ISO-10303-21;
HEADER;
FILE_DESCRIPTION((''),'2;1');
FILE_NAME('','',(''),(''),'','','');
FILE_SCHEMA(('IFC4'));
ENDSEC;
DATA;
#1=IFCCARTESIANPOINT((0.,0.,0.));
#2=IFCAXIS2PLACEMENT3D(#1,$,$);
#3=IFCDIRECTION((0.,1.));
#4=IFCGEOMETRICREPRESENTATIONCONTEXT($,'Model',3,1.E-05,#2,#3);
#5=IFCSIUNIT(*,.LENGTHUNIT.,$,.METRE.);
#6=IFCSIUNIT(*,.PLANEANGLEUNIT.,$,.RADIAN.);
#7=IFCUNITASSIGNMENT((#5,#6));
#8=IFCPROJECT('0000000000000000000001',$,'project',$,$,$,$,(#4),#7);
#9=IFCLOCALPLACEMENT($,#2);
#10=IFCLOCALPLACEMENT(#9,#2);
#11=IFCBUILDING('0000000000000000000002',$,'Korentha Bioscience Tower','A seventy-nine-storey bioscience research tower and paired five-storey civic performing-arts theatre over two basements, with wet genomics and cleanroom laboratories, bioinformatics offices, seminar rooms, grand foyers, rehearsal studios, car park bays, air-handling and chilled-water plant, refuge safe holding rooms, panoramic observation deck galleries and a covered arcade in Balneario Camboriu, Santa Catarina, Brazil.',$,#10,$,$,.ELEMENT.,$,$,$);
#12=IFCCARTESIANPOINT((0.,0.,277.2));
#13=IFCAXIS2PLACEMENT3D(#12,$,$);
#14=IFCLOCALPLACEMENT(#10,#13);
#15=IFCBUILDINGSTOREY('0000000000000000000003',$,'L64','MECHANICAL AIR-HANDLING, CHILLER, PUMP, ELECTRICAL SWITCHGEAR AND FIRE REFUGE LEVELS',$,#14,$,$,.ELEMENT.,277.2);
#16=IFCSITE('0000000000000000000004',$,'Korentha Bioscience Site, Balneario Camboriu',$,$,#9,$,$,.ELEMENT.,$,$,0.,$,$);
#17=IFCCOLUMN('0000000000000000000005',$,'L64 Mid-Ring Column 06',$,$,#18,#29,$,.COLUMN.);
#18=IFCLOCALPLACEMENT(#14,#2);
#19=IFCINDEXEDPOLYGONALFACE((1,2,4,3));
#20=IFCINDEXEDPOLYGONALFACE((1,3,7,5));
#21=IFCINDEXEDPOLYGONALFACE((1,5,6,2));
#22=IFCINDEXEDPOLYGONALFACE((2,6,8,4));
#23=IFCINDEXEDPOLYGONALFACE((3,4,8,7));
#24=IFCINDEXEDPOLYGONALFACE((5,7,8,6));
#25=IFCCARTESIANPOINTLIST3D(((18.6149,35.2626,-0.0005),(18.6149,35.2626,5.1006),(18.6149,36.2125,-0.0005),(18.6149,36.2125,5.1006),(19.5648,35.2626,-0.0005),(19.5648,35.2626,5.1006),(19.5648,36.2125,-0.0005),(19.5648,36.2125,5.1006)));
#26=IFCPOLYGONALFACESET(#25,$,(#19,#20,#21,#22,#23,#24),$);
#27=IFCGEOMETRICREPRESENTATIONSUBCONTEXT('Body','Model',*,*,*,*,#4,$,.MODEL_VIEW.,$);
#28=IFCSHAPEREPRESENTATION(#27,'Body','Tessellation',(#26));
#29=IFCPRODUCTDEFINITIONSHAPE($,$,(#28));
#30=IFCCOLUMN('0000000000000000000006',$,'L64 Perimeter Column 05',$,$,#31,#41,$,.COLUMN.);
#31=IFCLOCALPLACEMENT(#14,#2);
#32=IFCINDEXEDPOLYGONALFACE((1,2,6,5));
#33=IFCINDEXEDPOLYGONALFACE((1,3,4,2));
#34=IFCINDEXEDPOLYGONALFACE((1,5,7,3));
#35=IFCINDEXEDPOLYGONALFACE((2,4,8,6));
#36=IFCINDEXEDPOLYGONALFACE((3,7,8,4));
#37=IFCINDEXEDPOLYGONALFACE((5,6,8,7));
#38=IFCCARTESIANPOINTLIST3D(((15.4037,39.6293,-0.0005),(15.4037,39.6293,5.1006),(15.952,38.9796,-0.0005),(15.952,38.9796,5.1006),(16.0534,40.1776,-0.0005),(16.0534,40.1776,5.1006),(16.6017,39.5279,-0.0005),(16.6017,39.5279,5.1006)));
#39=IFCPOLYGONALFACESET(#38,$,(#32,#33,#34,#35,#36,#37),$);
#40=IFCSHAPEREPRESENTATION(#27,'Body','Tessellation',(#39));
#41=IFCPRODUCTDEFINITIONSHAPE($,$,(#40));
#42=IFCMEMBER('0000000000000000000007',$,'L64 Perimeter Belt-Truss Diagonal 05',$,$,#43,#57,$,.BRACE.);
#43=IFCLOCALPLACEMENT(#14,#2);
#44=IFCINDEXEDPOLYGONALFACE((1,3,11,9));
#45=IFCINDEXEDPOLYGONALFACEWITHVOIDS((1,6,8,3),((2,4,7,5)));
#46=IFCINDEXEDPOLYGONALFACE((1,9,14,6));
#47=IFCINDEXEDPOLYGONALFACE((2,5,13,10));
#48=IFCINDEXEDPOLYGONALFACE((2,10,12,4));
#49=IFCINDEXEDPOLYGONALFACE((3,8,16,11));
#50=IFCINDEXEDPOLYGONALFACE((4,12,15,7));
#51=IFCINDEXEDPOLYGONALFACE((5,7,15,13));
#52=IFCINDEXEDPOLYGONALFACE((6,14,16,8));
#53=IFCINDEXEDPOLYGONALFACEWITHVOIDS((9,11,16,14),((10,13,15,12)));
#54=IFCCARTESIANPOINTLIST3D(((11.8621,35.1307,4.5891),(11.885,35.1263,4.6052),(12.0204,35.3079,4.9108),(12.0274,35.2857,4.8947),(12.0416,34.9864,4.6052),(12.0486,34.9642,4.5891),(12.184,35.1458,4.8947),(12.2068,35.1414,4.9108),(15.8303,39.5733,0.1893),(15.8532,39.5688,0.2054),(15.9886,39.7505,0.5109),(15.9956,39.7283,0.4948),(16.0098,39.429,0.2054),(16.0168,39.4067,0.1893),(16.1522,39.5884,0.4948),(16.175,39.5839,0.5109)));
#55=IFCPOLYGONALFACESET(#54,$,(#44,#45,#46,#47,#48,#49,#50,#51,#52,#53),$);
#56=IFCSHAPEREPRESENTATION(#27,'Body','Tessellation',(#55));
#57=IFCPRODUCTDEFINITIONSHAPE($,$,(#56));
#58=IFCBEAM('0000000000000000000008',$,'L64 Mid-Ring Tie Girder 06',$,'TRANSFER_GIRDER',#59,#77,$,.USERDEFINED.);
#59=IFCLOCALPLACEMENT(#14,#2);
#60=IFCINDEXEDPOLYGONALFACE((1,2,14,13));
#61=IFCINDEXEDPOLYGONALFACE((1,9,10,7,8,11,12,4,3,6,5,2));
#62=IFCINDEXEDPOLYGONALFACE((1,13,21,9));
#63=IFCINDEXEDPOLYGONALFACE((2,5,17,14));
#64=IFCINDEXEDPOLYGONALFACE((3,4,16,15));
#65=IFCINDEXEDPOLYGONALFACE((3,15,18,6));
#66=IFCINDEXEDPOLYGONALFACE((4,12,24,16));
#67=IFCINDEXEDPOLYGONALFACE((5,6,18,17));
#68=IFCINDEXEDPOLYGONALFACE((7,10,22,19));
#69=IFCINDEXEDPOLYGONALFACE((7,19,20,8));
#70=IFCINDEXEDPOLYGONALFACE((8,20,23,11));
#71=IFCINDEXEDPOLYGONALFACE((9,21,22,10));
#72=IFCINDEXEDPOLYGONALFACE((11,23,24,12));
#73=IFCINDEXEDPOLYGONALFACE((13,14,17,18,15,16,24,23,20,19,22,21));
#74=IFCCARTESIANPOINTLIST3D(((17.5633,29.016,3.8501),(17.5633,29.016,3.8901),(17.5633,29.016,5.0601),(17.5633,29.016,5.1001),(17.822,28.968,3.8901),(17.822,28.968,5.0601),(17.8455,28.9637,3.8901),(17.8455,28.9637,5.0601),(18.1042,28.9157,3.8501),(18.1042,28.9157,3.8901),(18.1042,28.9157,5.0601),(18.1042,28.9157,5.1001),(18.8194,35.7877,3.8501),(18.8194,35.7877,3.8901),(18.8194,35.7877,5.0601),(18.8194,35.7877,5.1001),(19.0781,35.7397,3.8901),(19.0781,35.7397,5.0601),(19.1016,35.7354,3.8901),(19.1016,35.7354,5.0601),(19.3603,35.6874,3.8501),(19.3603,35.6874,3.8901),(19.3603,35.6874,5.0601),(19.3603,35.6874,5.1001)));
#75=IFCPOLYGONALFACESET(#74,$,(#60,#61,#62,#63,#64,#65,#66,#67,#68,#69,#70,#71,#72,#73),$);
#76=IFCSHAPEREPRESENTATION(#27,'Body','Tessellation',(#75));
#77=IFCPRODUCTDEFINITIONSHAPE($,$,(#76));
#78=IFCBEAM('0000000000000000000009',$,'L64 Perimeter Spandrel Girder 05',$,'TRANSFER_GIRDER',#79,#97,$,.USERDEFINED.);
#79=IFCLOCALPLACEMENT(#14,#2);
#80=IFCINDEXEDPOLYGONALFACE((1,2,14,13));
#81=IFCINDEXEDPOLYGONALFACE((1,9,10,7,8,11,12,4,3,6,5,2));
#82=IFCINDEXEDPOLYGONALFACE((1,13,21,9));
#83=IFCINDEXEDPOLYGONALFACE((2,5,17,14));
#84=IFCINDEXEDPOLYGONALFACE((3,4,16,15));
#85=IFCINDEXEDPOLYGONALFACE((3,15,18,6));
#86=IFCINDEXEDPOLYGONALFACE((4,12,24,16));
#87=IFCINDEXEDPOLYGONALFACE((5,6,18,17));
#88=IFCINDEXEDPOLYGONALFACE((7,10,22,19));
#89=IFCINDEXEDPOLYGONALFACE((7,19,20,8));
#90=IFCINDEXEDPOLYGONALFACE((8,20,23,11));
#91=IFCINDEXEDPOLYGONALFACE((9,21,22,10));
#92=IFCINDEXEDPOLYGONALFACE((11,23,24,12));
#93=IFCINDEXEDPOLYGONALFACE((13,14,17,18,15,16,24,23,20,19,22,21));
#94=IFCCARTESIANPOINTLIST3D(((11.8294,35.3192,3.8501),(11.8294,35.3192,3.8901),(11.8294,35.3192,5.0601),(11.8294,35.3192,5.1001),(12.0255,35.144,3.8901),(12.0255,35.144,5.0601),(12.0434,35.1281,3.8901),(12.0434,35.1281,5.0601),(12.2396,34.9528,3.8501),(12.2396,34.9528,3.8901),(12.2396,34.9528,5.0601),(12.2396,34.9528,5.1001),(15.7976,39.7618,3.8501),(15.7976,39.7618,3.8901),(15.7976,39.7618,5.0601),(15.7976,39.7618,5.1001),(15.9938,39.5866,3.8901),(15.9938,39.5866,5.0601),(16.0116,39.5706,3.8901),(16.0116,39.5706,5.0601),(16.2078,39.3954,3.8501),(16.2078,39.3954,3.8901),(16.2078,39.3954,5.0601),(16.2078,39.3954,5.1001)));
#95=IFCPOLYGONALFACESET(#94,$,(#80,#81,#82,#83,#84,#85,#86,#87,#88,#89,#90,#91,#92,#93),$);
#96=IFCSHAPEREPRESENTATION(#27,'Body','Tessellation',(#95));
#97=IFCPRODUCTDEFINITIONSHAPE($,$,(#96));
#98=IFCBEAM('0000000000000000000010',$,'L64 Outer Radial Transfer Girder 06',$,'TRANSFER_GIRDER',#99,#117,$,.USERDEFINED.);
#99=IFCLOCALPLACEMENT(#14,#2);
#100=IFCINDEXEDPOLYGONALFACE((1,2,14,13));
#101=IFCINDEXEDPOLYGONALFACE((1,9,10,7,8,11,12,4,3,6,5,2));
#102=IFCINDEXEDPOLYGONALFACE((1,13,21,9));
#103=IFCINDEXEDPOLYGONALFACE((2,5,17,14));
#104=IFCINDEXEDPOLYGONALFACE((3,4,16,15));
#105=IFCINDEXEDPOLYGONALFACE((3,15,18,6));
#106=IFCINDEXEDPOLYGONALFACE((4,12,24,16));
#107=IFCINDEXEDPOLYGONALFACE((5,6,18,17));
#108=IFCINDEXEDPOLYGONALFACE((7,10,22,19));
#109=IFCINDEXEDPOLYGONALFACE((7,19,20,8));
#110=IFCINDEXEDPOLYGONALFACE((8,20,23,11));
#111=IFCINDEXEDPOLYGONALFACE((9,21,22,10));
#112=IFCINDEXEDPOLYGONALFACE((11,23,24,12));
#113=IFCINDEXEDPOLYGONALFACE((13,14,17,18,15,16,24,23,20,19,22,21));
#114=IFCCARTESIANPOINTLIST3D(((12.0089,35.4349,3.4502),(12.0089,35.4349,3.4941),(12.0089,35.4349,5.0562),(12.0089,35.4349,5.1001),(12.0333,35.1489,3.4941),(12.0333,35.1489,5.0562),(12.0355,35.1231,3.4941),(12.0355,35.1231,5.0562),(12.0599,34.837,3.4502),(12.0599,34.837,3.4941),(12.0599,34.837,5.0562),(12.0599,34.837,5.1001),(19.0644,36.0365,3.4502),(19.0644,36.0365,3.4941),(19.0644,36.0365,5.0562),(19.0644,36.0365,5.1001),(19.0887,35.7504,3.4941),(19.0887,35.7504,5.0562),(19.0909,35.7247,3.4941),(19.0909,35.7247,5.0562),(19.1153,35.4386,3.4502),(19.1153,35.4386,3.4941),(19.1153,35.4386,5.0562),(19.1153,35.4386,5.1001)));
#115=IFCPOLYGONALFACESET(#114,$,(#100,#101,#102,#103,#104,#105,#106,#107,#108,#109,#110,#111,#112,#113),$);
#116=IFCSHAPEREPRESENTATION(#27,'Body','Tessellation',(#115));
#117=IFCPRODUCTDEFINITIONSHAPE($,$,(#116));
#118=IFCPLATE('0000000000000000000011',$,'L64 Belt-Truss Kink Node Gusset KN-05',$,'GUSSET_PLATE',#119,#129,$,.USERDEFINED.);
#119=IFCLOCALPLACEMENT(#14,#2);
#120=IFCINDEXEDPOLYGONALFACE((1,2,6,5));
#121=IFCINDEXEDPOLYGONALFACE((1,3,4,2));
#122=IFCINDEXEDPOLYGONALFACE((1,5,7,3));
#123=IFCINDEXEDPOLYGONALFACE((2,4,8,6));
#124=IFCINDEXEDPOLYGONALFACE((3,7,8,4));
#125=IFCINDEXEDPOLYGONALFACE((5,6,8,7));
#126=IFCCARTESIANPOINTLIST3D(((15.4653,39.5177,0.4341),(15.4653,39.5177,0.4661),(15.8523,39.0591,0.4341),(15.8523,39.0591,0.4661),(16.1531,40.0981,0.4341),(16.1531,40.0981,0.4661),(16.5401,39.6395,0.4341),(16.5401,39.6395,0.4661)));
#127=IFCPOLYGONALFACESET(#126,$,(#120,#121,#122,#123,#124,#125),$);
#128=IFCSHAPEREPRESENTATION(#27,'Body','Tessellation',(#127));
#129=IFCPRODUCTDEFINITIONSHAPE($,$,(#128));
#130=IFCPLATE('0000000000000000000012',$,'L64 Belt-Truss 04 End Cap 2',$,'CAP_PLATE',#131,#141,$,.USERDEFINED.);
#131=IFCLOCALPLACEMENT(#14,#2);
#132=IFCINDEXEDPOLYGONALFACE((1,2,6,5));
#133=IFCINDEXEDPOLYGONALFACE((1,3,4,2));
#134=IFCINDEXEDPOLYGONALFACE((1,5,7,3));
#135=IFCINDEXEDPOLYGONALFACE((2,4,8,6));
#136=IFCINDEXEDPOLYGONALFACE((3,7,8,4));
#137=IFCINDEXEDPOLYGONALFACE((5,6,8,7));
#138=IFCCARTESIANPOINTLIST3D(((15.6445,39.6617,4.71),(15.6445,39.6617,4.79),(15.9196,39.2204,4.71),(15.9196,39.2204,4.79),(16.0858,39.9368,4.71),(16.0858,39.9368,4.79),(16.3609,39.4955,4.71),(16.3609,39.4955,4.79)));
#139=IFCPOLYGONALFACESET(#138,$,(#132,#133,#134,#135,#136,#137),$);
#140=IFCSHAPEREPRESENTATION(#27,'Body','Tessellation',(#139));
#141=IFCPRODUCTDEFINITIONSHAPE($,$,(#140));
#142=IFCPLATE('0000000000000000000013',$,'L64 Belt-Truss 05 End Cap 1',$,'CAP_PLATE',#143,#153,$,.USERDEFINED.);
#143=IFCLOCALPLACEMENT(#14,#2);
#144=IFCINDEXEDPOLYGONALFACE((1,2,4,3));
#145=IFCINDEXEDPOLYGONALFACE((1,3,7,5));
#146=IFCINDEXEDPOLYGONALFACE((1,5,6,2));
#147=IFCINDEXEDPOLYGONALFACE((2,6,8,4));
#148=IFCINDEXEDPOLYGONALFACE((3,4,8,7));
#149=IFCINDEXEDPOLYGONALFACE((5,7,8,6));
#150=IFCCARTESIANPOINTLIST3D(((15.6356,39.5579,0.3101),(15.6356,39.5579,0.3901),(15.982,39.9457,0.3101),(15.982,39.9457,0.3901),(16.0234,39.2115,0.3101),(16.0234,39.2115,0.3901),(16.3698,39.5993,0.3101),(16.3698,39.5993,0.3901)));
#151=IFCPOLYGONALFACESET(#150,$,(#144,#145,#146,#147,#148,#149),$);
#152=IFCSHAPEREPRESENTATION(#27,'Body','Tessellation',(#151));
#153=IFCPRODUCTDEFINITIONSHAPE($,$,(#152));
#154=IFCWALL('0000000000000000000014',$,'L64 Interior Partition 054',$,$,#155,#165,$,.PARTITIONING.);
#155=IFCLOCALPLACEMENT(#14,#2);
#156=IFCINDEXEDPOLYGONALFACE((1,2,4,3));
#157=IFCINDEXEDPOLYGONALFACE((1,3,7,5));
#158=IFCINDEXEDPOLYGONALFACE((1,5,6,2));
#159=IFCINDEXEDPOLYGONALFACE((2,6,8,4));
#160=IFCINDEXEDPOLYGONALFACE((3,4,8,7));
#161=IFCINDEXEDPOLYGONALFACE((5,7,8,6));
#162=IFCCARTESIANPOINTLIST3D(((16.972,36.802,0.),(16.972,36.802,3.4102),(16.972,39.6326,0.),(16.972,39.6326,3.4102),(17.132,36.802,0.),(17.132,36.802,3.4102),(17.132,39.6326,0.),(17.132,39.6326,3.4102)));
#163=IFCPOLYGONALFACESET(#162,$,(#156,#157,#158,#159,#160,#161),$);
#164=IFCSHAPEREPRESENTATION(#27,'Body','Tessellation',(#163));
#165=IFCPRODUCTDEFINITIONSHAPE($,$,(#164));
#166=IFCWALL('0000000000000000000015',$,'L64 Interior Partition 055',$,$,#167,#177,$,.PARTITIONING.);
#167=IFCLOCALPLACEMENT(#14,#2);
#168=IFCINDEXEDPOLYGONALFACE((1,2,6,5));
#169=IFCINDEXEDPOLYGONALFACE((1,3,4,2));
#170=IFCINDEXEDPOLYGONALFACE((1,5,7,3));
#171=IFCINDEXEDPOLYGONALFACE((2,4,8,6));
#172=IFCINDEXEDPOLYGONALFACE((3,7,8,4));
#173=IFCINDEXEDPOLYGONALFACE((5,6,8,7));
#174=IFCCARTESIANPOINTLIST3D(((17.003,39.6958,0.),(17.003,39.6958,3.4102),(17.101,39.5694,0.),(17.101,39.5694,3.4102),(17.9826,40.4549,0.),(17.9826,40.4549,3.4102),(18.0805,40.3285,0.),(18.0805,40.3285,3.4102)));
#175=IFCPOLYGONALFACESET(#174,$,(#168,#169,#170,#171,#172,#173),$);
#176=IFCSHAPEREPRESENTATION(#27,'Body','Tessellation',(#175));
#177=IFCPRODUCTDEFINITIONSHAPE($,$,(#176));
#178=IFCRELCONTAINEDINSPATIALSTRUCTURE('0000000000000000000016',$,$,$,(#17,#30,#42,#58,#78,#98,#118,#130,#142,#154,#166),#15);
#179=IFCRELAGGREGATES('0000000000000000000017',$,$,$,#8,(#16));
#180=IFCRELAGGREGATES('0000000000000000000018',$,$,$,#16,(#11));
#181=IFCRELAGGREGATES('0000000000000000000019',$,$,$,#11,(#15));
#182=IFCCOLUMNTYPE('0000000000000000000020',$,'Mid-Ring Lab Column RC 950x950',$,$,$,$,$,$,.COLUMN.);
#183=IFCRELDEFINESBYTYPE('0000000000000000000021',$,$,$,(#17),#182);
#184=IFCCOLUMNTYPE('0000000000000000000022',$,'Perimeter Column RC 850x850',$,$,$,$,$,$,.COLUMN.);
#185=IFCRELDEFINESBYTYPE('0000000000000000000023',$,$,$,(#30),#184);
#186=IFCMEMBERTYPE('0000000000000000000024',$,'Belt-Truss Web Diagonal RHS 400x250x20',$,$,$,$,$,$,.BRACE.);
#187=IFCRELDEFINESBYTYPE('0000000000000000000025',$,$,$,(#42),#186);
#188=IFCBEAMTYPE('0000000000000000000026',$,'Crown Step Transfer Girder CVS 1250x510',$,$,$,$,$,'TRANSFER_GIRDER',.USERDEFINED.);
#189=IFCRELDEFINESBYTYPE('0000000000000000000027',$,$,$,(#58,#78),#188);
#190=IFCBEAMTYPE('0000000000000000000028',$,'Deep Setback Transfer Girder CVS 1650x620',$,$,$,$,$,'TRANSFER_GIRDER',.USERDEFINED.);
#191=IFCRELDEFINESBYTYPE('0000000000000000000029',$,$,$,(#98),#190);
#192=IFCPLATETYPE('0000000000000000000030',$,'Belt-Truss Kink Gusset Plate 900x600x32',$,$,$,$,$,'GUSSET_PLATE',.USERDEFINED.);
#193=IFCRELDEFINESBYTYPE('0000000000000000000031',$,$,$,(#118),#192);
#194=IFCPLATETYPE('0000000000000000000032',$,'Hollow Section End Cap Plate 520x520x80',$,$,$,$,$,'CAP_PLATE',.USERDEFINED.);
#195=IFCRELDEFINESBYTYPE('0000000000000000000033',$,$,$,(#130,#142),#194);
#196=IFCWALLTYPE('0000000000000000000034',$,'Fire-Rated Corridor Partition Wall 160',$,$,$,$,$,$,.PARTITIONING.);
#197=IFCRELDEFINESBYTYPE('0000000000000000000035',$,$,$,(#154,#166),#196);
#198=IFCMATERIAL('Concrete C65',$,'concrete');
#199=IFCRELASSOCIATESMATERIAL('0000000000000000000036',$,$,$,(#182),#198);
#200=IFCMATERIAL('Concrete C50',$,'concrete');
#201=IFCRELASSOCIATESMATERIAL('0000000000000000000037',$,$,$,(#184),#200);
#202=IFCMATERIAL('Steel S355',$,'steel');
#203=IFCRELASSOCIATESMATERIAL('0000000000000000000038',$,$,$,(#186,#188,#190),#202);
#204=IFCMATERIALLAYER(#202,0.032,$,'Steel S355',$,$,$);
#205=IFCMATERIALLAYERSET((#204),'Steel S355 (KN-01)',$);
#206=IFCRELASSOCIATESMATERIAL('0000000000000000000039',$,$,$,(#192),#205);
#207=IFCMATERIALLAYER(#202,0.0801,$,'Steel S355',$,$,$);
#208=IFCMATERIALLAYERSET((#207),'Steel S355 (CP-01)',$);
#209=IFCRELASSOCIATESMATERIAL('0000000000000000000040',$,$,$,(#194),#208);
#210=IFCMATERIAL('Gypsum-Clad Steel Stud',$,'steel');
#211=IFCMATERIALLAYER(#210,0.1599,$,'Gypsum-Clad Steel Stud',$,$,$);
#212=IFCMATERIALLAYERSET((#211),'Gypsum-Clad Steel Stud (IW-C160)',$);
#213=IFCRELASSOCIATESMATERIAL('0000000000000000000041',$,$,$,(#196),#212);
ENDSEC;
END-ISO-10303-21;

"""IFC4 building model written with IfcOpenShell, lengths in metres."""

from ifc_helpers import new_model, si_unit, direction, frame, frame_2d, origin, origin_2d, place, context, subcontext, project, spatial, rectangle, hollow_rectangle, i_section, extrude, material, layer, layer_set, material_profile, profile_set, type_object, element, save


model = new_model("IFC4")

# Units and contexts
model_context = context("Model", 3, precision=1e-05, world=origin(), true_north=direction((0.0, 1.0)))
body_context = subcontext(model_context, "Body", "Model", "MODEL_VIEW")
ifc_project = project(units=[si_unit("LENGTHUNIT", "METRE"), si_unit("PLANEANGLEUNIT", "RADIAN")], contexts=[model_context])

# Site, building, storey
site_placement = place(None, origin())
site = spatial("IfcSite", under=ifc_project, at=site_placement, Name="Korentha Bioscience Site, Balneario Camboriu", CompositionType="ELEMENT", RefElevation=0.0)
building_placement = place(site_placement, origin())
building = spatial("IfcBuilding", under=site, at=building_placement, Name="Korentha Bioscience Tower", Description="A seventy-nine-storey bioscience research tower and paired five-storey civic performing-arts theatre over two basements, with wet genomics and cleanroom laboratories, bioinformatics offices, seminar rooms, grand foyers, rehearsal studios, car park bays, air-handling and chilled-water plant, refuge safe holding rooms, panoramic observation deck galleries and a covered arcade in Balneario Camboriu, Santa Catarina, Brazil.", CompositionType="ELEMENT")
storey_placement = place(building_placement, frame((0.0, 0.0, 277.2)))
storey = spatial("IfcBuildingStorey", under=building, at=storey_placement, Name="L64", Description="MECHANICAL AIR-HANDLING, CHILLER, PUMP, ELECTRICAL SWITCHGEAR AND FIRE REFUGE LEVELS", CompositionType="ELEMENT", Elevation=277.2)

# Columns
ifc_material_1 = material(Name="Concrete C65", Category="concrete")
ifc_material_profile_1 = material_profile(ifc_material_1, rectangle(XDim=0.95, YDim=0.95, at=origin_2d()), Name="Concrete C65")
ifc_profile_set_1 = profile_set([ifc_material_profile_1], Name="Concrete C65 (COL-MR09)")
column_type_1 = type_object("IfcColumnType", Name="Mid-Ring Lab Column RC 950x950", PredefinedType="COLUMN", material=ifc_profile_set_1)
column_1_placement = place(storey_placement, frame((19.0898, 35.7375, -0.0005), z_axis=(0.0, 0.0, 1.0), x_axis=(1.0, 0.0, 0.0)))
element("IfcColumn", 1, at=column_1_placement, inside=storey, type_object=column_type_1, Name="L64 Mid-Ring Column 06", PredefinedType="COLUMN", context=body_context, shape_type="SweptSolid", body=[
    extrude(rectangle(XDim=0.95, YDim=0.95, at=origin_2d()), origin(), (0.0, 0.0, 1.0), 5.1011),
])
ifc_material_2 = material(Name="Concrete C50", Category="concrete")
ifc_material_profile_2 = material_profile(ifc_material_2, rectangle(XDim=0.8501, YDim=0.8501, at=origin_2d()), Name="Concrete C50")
ifc_profile_set_2 = profile_set([ifc_material_profile_2], Name="Concrete C50 (COL-P08)")
column_type_2 = type_object("IfcColumnType", Name="Perimeter Column RC 850x850", PredefinedType="COLUMN", material=ifc_profile_set_2)
column_2_placement = place(storey_placement, frame((16.0027, 39.5786, -0.0005), z_axis=(0.0, 0.0, 1.0), x_axis=(0.764246, 0.644924, 0.0)))
element("IfcColumn", 2, at=column_2_placement, inside=storey, type_object=column_type_2, Name="L64 Perimeter Column 05", PredefinedType="COLUMN", context=body_context, shape_type="SweptSolid", body=[
    extrude(rectangle(XDim=0.8501, YDim=0.8501, at=origin_2d()), origin(), (0.0, 0.0, 1.0), 5.1011),
])

# Member
ifc_material_3 = material(Name="Steel S355", Category="steel")
ifc_material_profile_3 = material_profile(ifc_material_3, hollow_rectangle(XDim=0.25, YDim=0.3999, WallThickness=0.02, at=origin_2d()), Name="Steel S355")
ifc_profile_set_3 = profile_set([ifc_material_profile_3], Name="Steel S355 (BT-D400)")
member_type = type_object("IfcMemberType", Name="Belt-Truss Web Diagonal RHS 400x250x20", PredefinedType="BRACE", material=ifc_profile_set_3)
member_placement = place(storey_placement, frame((16.0027, 39.5786, 0.3501), z_axis=(-0.535845, -0.5999, 0.59413), x_axis=(0.745802, -0.666168, 0.0)))
element("IfcMember", 3, at=member_placement, inside=storey, type_object=member_type, Name="L64 Perimeter Belt-Truss Diagonal 05", PredefinedType="BRACE", context=body_context, shape_type="SweptSolid", body=[
    extrude(hollow_rectangle(XDim=0.25, YDim=0.3999, WallThickness=0.02, at=origin_2d()), origin(), (0.0, 0.0, 1.0), 7.4055),
])

# Beams
ifc_material_profile_4 = material_profile(ifc_material_3, i_section(OverallWidth=0.55, OverallDepth=1.25, WebThickness=0.0239, FlangeThickness=0.04, at=origin_2d()), Name="Steel S355")
ifc_profile_set_4 = profile_set([ifc_material_profile_4], Name="Steel S355 (TG-03)")
beam_type_1 = type_object("IfcBeamType", Name="Crown Step Transfer Girder CVS 1250x510", ElementType="TRANSFER_GIRDER", PredefinedType="USERDEFINED", material=ifc_profile_set_4)
beam_1_placement = place(storey_placement, frame((19.0898, 35.7375, 4.4751), z_axis=(-0.182381, -0.983228, 0.0), x_axis=(0.983228, -0.182381, 0.0)))
element("IfcBeam", 4, at=beam_1_placement, inside=storey, type_object=beam_type_1, Name="L64 Mid-Ring Tie Girder 06", ObjectType="TRANSFER_GIRDER", PredefinedType="USERDEFINED", context=body_context, shape_type="SweptSolid", body=[
    extrude(i_section(OverallWidth=0.55, OverallDepth=1.25, WebThickness=0.0239, FlangeThickness=0.04, at=origin_2d()), origin(), (0.0, 0.0, 1.0), 6.8872),
])
beam_2_placement = place(storey_placement, frame((16.0027, 39.5786, 4.4751), z_axis=(-0.666168, -0.745802, 0.0), x_axis=(0.745802, -0.666168, 0.0)))
element("IfcBeam", 5, at=beam_2_placement, inside=storey, type_object=beam_type_1, Name="L64 Perimeter Spandrel Girder 05", ObjectType="TRANSFER_GIRDER", PredefinedType="USERDEFINED", context=body_context, shape_type="SweptSolid", body=[
    extrude(i_section(OverallWidth=0.55, OverallDepth=1.25, WebThickness=0.0239, FlangeThickness=0.04, at=origin_2d()), origin(), (0.0, 0.0, 1.0), 5.9568),
])
ifc_material_profile_5 = material_profile(ifc_material_3, i_section(OverallWidth=0.6001, OverallDepth=1.6499, WebThickness=0.0259, FlangeThickness=0.0439, at=origin_2d()), Name="Steel S355")
ifc_profile_set_5 = profile_set([ifc_material_profile_5], Name="Steel S355 (TG-04)")
beam_type_2 = type_object("IfcBeamType", Name="Deep Setback Transfer Girder CVS 1650x620", ElementType="TRANSFER_GIRDER", PredefinedType="USERDEFINED", material=ifc_profile_set_5)
beam_3_placement = place(storey_placement, frame((19.0898, 35.7375, 4.2751), z_axis=(-0.996385, -0.084954, 0.0), x_axis=(0.084954, -0.996385, 0.0)))
element("IfcBeam", 6, at=beam_3_placement, inside=storey, type_object=beam_type_2, Name="L64 Outer Radial Transfer Girder 06", ObjectType="TRANSFER_GIRDER", PredefinedType="USERDEFINED", context=body_context, shape_type="SweptSolid", body=[
    extrude(i_section(OverallWidth=0.6001, OverallDepth=1.6499, WebThickness=0.0259, FlangeThickness=0.0439, at=origin_2d()), origin(), (0.0, 0.0, 1.0), 7.0811),
])

# Plates
ifc_layer_1 = layer(ifc_material_3, 0.032, Name="Steel S355")
ifc_layer_set_1 = layer_set([ifc_layer_1], Name="Steel S355 (KN-01)")
plate_type_1 = type_object("IfcPlateType", Name="Belt-Truss Kink Gusset Plate 900x600x32", ElementType="GUSSET_PLATE", PredefinedType="USERDEFINED", material=ifc_layer_set_1)
plate_placement = place(storey_placement, frame((16.0027, 39.5786, 0.4341), z_axis=(0.0, 0.0, 1.0), x_axis=(0.764246, 0.644924, 0.0)))
element("IfcPlate", 7, at=plate_placement, inside=storey, type_object=plate_type_1, Name="L64 Belt-Truss Kink Node Gusset KN-05", ObjectType="GUSSET_PLATE", PredefinedType="USERDEFINED", context=body_context, shape_type="SweptSolid", body=[
    extrude(rectangle(XDim=0.8999, YDim=0.6001, at=origin_2d()), origin(), (0.0, 0.0, 1.0), 0.032),
])
ifc_layer_2 = layer(ifc_material_3, 0.0801, Name="Steel S355")
ifc_layer_set_2 = layer_set([ifc_layer_2], Name="Steel S355 (CP-01)")
plate_type_2 = type_object("IfcPlateType", Name="Hollow Section End Cap Plate 520x520x80", ElementType="CAP_PLATE", PredefinedType="USERDEFINED", material=ifc_layer_set_2)
for number, where, z_axis, x_axis, name in (
    (8, (16.0027, 39.5786, 4.71), (0.0, 0.0, 1.0), (0.848603, 0.529031, 0.0), "L64 Belt-Truss 04 End Cap 2"),
    (9, (16.0027, 39.5786, 0.3101), (0.0, 0.0, 1.0), (0.666142, 0.745825, 0.0), "L64 Belt-Truss 05 End Cap 1"),
):
    element("IfcPlate", number, at=place(storey_placement, frame(where, z_axis=z_axis, x_axis=x_axis)), inside=storey, type_object=plate_type_2, Name=name, ObjectType="CAP_PLATE", PredefinedType="USERDEFINED", context=body_context, shape_type="SweptSolid", body=[
        extrude(rectangle(XDim=0.52, YDim=0.52, at=origin_2d()), origin(), (0.0, 0.0, 1.0), 0.0801),
    ])

# Walls
ifc_material_4 = material(Name="Gypsum-Clad Steel Stud", Category="steel")
ifc_layer_3 = layer(ifc_material_4, 0.1599, Name="Gypsum-Clad Steel Stud")
ifc_layer_set_3 = layer_set([ifc_layer_3], Name="Gypsum-Clad Steel Stud (IW-C160)")
wall_type_1 = type_object("IfcWallType", Name="Fire-Rated Corridor Partition Wall 160", PredefinedType="PARTITIONING", material=ifc_layer_set_3)
wall_1_placement = place(storey_placement, frame((17.052, 36.802, 0.0), z_axis=(0.0, 0.0, 1.0), x_axis=(0.0, 1.0, 0.0)))
element("IfcWall", 10, at=wall_1_placement, inside=storey, type_object=wall_type_1, Name="L64 Interior Partition 054", PredefinedType="PARTITIONING", context=body_context, shape_type="SweptSolid", body=[
    extrude(rectangle(XDim=2.8306, YDim=0.1599, at=frame_2d((1.4153, 0.0))), origin(), (0.0, 0.0, 1.0), 3.4102),
])
wall_2_placement = place(storey_placement, frame((17.052, 39.6326, 0.0), z_axis=(0.0, 0.0, 1.0), x_axis=(0.790444, 0.612535, 0.0)))
element("IfcWall", 11, at=wall_2_placement, inside=storey, type_object=wall_type_1, Name="L64 Interior Partition 055", PredefinedType="PARTITIONING", context=body_context, shape_type="SweptSolid", body=[
    extrude(rectangle(XDim=1.2393, YDim=0.1599, at=frame_2d((0.6196, 0.0))), origin(), (0.0, 0.0, 1.0), 3.4102),
])

save(model, "model.ifc")
